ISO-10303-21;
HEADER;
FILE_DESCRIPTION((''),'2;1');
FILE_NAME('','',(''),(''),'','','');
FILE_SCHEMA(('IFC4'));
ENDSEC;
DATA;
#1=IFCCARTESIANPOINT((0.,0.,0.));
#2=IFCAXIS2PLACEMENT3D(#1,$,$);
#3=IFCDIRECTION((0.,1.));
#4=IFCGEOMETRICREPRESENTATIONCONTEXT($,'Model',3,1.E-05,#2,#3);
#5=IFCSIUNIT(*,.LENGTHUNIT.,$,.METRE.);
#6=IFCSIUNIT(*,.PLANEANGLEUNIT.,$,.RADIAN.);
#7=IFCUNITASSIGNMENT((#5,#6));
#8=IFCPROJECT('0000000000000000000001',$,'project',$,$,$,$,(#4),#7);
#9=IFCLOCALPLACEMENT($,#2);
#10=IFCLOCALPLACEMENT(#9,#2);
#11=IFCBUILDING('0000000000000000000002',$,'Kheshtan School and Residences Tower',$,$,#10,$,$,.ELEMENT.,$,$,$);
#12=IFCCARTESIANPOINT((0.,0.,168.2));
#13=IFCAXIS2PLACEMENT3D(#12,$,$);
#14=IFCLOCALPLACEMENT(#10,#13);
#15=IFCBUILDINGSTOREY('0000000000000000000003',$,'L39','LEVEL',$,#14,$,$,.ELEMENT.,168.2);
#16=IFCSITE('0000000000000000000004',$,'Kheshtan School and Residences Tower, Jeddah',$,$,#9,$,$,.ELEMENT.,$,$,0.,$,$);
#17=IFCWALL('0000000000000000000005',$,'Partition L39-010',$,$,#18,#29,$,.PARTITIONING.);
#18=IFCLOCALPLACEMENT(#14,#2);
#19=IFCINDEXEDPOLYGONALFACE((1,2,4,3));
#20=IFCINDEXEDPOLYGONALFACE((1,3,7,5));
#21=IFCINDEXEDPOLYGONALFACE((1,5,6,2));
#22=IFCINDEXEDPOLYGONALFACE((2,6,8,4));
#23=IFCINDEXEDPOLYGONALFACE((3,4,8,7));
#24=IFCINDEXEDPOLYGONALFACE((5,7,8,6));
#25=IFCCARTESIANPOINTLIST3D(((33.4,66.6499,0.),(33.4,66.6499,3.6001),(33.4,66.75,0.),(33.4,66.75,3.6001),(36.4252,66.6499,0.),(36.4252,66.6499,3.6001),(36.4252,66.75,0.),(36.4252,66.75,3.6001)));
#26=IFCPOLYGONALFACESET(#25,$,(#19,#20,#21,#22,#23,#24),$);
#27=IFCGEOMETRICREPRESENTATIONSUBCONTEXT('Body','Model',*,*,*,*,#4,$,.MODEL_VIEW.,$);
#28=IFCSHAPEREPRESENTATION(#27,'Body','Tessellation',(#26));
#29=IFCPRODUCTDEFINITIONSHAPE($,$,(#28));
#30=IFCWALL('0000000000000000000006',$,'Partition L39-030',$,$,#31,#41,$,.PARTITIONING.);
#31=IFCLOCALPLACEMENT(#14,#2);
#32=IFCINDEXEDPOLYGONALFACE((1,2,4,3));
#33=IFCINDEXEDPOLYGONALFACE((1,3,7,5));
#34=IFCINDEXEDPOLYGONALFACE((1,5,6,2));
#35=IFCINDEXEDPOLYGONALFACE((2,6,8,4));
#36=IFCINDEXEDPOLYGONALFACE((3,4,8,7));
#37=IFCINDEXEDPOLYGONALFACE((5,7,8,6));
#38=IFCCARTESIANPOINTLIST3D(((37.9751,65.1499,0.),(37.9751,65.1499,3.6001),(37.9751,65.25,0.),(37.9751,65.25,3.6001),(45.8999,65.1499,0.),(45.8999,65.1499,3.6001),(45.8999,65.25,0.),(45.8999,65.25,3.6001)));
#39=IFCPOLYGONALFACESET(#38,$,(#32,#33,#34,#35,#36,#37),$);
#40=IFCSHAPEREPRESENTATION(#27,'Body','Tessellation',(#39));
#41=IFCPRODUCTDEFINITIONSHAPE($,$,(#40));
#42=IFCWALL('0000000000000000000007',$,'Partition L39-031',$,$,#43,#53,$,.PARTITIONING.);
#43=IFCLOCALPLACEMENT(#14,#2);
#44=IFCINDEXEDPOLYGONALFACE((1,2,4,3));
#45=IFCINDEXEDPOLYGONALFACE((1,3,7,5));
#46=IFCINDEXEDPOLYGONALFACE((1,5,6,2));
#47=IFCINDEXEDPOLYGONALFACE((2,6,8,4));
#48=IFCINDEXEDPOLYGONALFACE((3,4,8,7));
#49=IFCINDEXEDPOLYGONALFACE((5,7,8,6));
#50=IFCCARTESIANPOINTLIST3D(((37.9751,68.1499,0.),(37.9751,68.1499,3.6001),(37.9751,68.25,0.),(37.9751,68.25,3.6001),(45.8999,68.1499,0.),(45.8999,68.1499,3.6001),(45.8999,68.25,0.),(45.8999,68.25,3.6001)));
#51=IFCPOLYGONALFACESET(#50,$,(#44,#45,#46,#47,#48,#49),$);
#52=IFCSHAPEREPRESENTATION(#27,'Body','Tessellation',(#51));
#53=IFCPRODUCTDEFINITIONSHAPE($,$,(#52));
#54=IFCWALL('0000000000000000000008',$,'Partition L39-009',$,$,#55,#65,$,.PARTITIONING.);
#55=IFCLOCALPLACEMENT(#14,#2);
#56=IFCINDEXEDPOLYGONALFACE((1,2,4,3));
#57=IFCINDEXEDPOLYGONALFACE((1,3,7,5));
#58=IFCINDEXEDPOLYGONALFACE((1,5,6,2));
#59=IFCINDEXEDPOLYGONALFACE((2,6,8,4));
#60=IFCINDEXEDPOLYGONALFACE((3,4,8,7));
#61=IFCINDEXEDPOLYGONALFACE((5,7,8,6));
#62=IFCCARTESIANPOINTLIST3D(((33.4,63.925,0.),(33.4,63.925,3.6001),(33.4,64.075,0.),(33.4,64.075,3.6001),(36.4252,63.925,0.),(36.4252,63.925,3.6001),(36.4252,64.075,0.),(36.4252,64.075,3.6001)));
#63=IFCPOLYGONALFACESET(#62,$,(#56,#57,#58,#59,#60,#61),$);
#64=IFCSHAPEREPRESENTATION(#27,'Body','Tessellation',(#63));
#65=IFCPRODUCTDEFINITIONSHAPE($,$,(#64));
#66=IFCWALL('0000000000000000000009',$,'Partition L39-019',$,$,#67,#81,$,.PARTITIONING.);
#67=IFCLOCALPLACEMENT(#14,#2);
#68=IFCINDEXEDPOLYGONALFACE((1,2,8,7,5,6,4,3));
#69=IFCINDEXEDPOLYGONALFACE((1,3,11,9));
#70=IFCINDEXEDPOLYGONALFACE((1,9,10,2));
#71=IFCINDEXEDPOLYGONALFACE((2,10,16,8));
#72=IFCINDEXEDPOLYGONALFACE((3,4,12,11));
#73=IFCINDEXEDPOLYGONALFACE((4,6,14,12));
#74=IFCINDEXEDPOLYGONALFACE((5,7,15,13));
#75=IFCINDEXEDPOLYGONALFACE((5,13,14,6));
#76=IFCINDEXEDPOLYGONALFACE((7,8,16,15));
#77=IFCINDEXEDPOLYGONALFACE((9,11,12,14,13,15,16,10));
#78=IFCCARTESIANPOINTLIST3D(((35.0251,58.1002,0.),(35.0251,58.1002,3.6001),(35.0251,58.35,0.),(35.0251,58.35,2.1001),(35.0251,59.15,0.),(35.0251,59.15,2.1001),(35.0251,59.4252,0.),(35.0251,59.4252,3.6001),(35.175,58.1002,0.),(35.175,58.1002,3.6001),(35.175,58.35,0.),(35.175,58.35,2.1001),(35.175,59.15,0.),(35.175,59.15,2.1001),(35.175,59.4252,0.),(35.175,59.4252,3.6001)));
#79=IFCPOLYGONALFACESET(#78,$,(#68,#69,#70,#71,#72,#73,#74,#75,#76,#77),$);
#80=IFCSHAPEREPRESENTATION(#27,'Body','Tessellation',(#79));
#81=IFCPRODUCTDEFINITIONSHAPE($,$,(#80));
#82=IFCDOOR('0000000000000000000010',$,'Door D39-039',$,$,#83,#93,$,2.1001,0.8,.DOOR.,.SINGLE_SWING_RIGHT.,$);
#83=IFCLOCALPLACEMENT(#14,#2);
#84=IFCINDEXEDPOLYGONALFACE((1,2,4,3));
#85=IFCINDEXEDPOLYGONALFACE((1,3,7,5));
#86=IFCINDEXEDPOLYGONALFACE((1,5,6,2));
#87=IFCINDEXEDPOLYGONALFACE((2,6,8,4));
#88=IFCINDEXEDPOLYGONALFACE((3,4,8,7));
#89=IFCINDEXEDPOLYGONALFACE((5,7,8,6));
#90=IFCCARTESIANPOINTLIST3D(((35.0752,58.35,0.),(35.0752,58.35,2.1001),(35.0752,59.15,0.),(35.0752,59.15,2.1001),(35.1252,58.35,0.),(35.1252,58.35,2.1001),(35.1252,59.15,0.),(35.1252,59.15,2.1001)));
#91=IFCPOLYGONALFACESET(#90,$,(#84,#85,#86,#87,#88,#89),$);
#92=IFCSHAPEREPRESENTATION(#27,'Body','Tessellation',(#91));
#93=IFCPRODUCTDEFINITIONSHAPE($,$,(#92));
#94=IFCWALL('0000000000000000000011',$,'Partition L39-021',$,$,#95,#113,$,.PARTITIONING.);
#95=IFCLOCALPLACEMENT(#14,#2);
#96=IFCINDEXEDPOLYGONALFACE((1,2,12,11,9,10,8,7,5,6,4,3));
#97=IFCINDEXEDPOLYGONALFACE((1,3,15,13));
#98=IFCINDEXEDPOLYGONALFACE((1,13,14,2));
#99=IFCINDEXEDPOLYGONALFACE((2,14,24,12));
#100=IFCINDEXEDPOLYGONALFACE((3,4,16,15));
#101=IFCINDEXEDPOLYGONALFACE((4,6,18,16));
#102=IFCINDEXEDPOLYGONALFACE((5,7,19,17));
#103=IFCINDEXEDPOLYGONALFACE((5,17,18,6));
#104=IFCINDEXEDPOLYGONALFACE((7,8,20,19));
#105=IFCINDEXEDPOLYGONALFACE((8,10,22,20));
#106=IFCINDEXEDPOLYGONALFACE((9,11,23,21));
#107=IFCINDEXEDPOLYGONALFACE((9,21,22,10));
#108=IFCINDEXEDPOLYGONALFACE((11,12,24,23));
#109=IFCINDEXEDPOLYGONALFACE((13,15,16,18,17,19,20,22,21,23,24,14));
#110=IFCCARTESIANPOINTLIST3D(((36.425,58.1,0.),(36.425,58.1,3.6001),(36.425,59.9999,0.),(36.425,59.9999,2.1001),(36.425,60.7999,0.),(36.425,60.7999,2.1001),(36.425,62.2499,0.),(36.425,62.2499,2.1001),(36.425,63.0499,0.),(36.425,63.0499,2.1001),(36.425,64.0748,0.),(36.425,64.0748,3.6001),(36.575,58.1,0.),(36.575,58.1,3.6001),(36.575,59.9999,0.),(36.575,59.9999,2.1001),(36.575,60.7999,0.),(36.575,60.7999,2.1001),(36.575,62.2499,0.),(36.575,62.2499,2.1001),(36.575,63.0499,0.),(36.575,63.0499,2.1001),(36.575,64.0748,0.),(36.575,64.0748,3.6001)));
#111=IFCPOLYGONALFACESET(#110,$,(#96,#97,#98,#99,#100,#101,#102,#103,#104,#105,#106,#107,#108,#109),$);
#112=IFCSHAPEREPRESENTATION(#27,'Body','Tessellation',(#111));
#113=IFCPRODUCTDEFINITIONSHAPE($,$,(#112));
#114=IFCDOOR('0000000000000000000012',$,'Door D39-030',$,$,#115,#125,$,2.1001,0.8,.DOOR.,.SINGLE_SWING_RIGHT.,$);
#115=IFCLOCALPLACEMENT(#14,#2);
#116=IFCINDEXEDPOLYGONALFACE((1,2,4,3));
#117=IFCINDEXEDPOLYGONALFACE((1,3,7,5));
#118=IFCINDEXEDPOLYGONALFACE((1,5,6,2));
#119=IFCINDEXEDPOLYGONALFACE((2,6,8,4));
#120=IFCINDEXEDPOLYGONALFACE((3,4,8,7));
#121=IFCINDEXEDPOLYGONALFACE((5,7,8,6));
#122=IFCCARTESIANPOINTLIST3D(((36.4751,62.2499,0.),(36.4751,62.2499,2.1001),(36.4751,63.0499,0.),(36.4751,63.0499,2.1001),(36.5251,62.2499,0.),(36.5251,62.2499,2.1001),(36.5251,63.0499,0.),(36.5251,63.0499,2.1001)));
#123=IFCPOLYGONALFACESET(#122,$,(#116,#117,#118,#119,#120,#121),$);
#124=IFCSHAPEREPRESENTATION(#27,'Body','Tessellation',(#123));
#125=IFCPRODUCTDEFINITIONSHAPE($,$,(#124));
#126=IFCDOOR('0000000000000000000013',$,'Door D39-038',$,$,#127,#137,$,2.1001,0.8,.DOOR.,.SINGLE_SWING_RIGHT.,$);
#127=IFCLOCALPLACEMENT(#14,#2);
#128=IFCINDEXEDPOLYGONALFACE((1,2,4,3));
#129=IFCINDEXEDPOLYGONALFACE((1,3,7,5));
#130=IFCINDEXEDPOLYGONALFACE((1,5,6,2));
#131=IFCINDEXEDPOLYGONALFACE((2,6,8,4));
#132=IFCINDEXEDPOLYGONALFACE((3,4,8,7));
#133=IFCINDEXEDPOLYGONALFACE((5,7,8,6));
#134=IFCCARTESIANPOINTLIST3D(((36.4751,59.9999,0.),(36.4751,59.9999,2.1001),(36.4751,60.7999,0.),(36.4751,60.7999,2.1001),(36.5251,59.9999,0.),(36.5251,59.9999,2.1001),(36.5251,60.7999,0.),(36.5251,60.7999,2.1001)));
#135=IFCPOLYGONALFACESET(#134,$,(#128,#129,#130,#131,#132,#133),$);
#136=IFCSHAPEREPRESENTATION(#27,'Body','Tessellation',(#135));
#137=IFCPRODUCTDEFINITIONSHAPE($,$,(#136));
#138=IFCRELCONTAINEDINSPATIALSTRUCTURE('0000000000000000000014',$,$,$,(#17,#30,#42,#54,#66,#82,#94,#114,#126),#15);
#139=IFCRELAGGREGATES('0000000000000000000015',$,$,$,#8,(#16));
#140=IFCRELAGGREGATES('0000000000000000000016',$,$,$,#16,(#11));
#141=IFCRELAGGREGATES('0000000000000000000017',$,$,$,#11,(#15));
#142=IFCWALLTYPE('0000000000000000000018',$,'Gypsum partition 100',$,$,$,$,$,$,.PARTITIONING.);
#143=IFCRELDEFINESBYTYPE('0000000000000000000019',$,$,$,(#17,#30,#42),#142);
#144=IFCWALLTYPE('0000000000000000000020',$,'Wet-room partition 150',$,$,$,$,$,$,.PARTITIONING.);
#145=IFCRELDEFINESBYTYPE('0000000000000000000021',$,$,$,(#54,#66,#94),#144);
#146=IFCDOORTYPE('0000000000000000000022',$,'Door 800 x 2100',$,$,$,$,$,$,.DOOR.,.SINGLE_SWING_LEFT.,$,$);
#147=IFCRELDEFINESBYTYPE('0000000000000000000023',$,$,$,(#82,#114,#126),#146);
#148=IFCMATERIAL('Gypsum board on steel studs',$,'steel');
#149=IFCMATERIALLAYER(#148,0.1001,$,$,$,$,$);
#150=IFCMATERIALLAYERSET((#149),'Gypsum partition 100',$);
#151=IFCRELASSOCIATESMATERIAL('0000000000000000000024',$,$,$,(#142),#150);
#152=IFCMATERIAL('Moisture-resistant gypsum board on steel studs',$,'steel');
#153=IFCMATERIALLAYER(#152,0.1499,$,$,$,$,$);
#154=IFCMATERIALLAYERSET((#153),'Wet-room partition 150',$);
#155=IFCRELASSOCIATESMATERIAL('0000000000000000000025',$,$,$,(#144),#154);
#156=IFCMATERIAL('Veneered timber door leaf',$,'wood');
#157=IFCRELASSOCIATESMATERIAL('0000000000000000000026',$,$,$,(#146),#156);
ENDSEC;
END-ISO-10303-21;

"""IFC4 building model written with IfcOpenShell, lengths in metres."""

from ifc_helpers import new_model, si_unit, direction, frame, frame_2d, origin, place, context, subcontext, project, spatial, rectangle, extrude, source, transform, mapped, material, layer, layer_set, type_object, element, fill, save


model = new_model("IFC4")

# Units and contexts
model_context = context("Model", 3, precision=1e-05, world=origin(), true_north=direction((0.0, 1.0)))
body_context = subcontext(model_context, "Body", "Model", "MODEL_VIEW")
ifc_project = project(units=[si_unit("LENGTHUNIT", "METRE"), si_unit("PLANEANGLEUNIT", "RADIAN")], contexts=[model_context])

# Site, building, storey
site_placement = place(None, origin())
site = spatial("IfcSite", under=ifc_project, at=site_placement, Name="Kheshtan School and Residences Tower, Jeddah", CompositionType="ELEMENT", RefElevation=0.0)
building_placement = place(site_placement, origin())
building = spatial("IfcBuilding", under=site, at=building_placement, Name="Kheshtan School and Residences Tower", CompositionType="ELEMENT")
storey_placement = place(building_placement, frame((0.0, 0.0, 168.2)))
storey = spatial("IfcBuildingStorey", under=building, at=storey_placement, Name="L39", Description="LEVEL", CompositionType="ELEMENT", Elevation=168.2)

# Walls
ifc_material_1 = material(Name="Gypsum board on steel studs", Category="steel")
ifc_layer_1 = layer(ifc_material_1, 0.1001)
ifc_layer_set_1 = layer_set([ifc_layer_1], Name="Gypsum partition 100")
wall_type_1 = type_object("IfcWallType", Name="Gypsum partition 100", PredefinedType="PARTITIONING", material=ifc_layer_set_1)
wall_1_placement = place(storey_placement, frame((33.3999, 66.7, 0.0), z_axis=(0.0, 0.0, 1.0), x_axis=(1.0, 0.0, 0.0)))
element("IfcWall", 1, at=wall_1_placement, inside=storey, type_object=wall_type_1, Name="Partition L39-010", PredefinedType="PARTITIONING", context=body_context, shape_type="SweptSolid", body=[
    extrude(rectangle(XDim=3.0251, YDim=0.1001, at=frame_2d((1.5127, 0.0))), origin(), (0.0, 0.0, 1.0), 3.6001),
])
for number, where, z_axis, x_axis, name in (
    (2, (37.9751, 65.2, 0.0), (0.0, 0.0, 1.0), (1.0, 0.0, 0.0), "Partition L39-030"),
    (3, (37.9751, 68.2, 0.0), (0.0, 0.0, 1.0), (1.0, 0.0, 0.0), "Partition L39-031"),
):
    element("IfcWall", number, at=place(storey_placement, frame(where, z_axis=z_axis, x_axis=x_axis)), inside=storey, type_object=wall_type_1, Name=name, PredefinedType="PARTITIONING", context=body_context, shape_type="SweptSolid", body=[
        extrude(rectangle(XDim=7.9248, YDim=0.1001, at=frame_2d((3.9624, 0.0))), origin(), (0.0, 0.0, 1.0), 3.6001),
    ])
ifc_material_2 = material(Name="Moisture-resistant gypsum board on steel studs", Category="steel")
ifc_layer_2 = layer(ifc_material_2, 0.1499)
ifc_layer_set_2 = layer_set([ifc_layer_2], Name="Wet-room partition 150")
wall_type_2 = type_object("IfcWallType", Name="Wet-room partition 150", PredefinedType="PARTITIONING", material=ifc_layer_set_2)
wall_2_placement = place(storey_placement, frame((33.3999, 64.0, 0.0), z_axis=(0.0, 0.0, 1.0), x_axis=(1.0, 0.0, 0.0)))
element("IfcWall", 4, at=wall_2_placement, inside=storey, type_object=wall_type_2, Name="Partition L39-009", PredefinedType="PARTITIONING", context=body_context, shape_type="SweptSolid", body=[
    extrude(rectangle(XDim=3.0251, YDim=0.1499, at=frame_2d((1.5127, 0.0))), origin(), (0.0, 0.0, 1.0), 3.6001),
])

# Wall, opening, door
wall_3_placement = place(storey_placement, frame((35.1001, 58.1001, 0.0), z_axis=(0.0, 0.0, 1.0), x_axis=(0.0, 1.0, 0.0)))
wall_3 = element("IfcWall", 5, at=wall_3_placement, inside=storey, type_object=wall_type_2, Name="Partition L39-019", PredefinedType="PARTITIONING", context=body_context, shape_type="SweptSolid", body=[
    extrude(rectangle(XDim=1.325, YDim=0.1499, at=frame_2d((0.6626, 0.0))), origin(), (0.0, 0.0, 1.0), 3.6001),
])
opening_1_placement = place(wall_3_placement, frame((0.25, 0.0, 0.0)))
opening_1 = element("IfcOpeningElement", 6, at=opening_1_placement, cuts=wall_3, PredefinedType="OPENING", context=body_context, shape_type="SweptSolid", body=[
    extrude(rectangle(XDim=0.8, YDim=2.1001, at=frame_2d((0.3999, 1.05))), frame((0.0, 0.085, 0.0), z_axis=(0.0, -1.0, 0.0), x_axis=(1.0, 0.0, 0.0)), (0.0, 0.0, 1.0), 0.1699),
])
ifc_material_3 = material(Name="Veneered timber door leaf", Category="wood")
door_type_1 = type_object("IfcDoorType", Name="Door 800 x 2100", OperationType="SINGLE_SWING_LEFT", PredefinedType="DOOR", material=ifc_material_3)
shared_shape_1 = source(origin(), body_context, "Body", "SweptSolid", [
    extrude(rectangle(XDim=0.8, YDim=2.1001, at=frame_2d((0.3999, 1.05))), frame((0.0, 0.0249, 0.0), z_axis=(0.0, -1.0, 0.0), x_axis=(1.0, 0.0, 0.0)), (0.0, 0.0, 1.0), 0.05),
])
door_1_placement = place(opening_1_placement, origin())
door_1 = element("IfcDoor", 7, at=door_1_placement, inside=storey, type_object=door_type_1, Name="Door D39-039", OperationType="SINGLE_SWING_RIGHT", OverallHeight=2.1001, OverallWidth=0.8, PredefinedType="DOOR", context=body_context, shape_type="MappedRepresentation", body=[
    mapped(shared_shape_1, transform((0.0, 0.0, 0.0), x_axis=(1.0, 0.0, 0.0), y_axis=(0.0, 1.0, 0.0), z_axis=(0.0, 0.0, 1.0), scale=1.0)),
])
fill(opening_1, door_1)

# Wall, openings, doors
wall_4_placement = place(storey_placement, frame((36.5, 58.1001, 0.0), z_axis=(0.0, 0.0, 1.0), x_axis=(0.0, 1.0, 0.0)))
wall_4 = element("IfcWall", 8, at=wall_4_placement, inside=storey, type_object=wall_type_2, Name="Partition L39-021", PredefinedType="PARTITIONING", context=body_context, shape_type="SweptSolid", body=[
    extrude(rectangle(XDim=5.9749, YDim=0.1499, at=frame_2d((2.9873, 0.0))), origin(), (0.0, 0.0, 1.0), 3.6001),
])
opening_2_placement = place(wall_4_placement, frame((4.1499, 0.0, 0.0)))
opening_2 = element("IfcOpeningElement", 9, at=opening_2_placement, cuts=wall_4, PredefinedType="OPENING", context=body_context, shape_type="SweptSolid", body=[
    extrude(rectangle(XDim=0.8, YDim=2.1001, at=frame_2d((0.3999, 1.05))), frame((0.0, 0.085, 0.0), z_axis=(0.0, -1.0, 0.0), x_axis=(1.0, 0.0, 0.0)), (0.0, 0.0, 1.0), 0.1699),
])
opening_3_placement = place(wall_4_placement, frame((1.8999, 0.0, 0.0)))
opening_3 = element("IfcOpeningElement", 10, at=opening_3_placement, cuts=wall_4, PredefinedType="OPENING", context=body_context, shape_type="SweptSolid", body=[
    extrude(rectangle(XDim=0.8, YDim=2.1001, at=frame_2d((0.3999, 1.05))), frame((0.0, 0.085, 0.0), z_axis=(0.0, -1.0, 0.0), x_axis=(1.0, 0.0, 0.0)), (0.0, 0.0, 1.0), 0.1699),
])
door_2_placement = place(opening_2_placement, origin())
door_2 = element("IfcDoor", 11, at=door_2_placement, inside=storey, type_object=door_type_1, Name="Door D39-030", OperationType="SINGLE_SWING_RIGHT", OverallHeight=2.1001, OverallWidth=0.8, PredefinedType="DOOR", context=body_context, shape_type="MappedRepresentation", body=[
    mapped(shared_shape_1, transform((0.0, 0.0, 0.0), x_axis=(1.0, 0.0, 0.0), y_axis=(0.0, 1.0, 0.0), z_axis=(0.0, 0.0, 1.0), scale=1.0)),
])
fill(opening_2, door_2)
door_3_placement = place(opening_3_placement, origin())
door_3 = element("IfcDoor", 12, at=door_3_placement, inside=storey, type_object=door_type_1, Name="Door D39-038", OperationType="SINGLE_SWING_RIGHT", OverallHeight=2.1001, OverallWidth=0.8, PredefinedType="DOOR", context=body_context, shape_type="MappedRepresentation", body=[
    mapped(shared_shape_1, transform((0.0, 0.0, 0.0), x_axis=(1.0, 0.0, 0.0), y_axis=(0.0, 1.0, 0.0), z_axis=(0.0, 0.0, 1.0), scale=1.0)),
])
fill(opening_3, door_3)

save(model, "model.ifc")
